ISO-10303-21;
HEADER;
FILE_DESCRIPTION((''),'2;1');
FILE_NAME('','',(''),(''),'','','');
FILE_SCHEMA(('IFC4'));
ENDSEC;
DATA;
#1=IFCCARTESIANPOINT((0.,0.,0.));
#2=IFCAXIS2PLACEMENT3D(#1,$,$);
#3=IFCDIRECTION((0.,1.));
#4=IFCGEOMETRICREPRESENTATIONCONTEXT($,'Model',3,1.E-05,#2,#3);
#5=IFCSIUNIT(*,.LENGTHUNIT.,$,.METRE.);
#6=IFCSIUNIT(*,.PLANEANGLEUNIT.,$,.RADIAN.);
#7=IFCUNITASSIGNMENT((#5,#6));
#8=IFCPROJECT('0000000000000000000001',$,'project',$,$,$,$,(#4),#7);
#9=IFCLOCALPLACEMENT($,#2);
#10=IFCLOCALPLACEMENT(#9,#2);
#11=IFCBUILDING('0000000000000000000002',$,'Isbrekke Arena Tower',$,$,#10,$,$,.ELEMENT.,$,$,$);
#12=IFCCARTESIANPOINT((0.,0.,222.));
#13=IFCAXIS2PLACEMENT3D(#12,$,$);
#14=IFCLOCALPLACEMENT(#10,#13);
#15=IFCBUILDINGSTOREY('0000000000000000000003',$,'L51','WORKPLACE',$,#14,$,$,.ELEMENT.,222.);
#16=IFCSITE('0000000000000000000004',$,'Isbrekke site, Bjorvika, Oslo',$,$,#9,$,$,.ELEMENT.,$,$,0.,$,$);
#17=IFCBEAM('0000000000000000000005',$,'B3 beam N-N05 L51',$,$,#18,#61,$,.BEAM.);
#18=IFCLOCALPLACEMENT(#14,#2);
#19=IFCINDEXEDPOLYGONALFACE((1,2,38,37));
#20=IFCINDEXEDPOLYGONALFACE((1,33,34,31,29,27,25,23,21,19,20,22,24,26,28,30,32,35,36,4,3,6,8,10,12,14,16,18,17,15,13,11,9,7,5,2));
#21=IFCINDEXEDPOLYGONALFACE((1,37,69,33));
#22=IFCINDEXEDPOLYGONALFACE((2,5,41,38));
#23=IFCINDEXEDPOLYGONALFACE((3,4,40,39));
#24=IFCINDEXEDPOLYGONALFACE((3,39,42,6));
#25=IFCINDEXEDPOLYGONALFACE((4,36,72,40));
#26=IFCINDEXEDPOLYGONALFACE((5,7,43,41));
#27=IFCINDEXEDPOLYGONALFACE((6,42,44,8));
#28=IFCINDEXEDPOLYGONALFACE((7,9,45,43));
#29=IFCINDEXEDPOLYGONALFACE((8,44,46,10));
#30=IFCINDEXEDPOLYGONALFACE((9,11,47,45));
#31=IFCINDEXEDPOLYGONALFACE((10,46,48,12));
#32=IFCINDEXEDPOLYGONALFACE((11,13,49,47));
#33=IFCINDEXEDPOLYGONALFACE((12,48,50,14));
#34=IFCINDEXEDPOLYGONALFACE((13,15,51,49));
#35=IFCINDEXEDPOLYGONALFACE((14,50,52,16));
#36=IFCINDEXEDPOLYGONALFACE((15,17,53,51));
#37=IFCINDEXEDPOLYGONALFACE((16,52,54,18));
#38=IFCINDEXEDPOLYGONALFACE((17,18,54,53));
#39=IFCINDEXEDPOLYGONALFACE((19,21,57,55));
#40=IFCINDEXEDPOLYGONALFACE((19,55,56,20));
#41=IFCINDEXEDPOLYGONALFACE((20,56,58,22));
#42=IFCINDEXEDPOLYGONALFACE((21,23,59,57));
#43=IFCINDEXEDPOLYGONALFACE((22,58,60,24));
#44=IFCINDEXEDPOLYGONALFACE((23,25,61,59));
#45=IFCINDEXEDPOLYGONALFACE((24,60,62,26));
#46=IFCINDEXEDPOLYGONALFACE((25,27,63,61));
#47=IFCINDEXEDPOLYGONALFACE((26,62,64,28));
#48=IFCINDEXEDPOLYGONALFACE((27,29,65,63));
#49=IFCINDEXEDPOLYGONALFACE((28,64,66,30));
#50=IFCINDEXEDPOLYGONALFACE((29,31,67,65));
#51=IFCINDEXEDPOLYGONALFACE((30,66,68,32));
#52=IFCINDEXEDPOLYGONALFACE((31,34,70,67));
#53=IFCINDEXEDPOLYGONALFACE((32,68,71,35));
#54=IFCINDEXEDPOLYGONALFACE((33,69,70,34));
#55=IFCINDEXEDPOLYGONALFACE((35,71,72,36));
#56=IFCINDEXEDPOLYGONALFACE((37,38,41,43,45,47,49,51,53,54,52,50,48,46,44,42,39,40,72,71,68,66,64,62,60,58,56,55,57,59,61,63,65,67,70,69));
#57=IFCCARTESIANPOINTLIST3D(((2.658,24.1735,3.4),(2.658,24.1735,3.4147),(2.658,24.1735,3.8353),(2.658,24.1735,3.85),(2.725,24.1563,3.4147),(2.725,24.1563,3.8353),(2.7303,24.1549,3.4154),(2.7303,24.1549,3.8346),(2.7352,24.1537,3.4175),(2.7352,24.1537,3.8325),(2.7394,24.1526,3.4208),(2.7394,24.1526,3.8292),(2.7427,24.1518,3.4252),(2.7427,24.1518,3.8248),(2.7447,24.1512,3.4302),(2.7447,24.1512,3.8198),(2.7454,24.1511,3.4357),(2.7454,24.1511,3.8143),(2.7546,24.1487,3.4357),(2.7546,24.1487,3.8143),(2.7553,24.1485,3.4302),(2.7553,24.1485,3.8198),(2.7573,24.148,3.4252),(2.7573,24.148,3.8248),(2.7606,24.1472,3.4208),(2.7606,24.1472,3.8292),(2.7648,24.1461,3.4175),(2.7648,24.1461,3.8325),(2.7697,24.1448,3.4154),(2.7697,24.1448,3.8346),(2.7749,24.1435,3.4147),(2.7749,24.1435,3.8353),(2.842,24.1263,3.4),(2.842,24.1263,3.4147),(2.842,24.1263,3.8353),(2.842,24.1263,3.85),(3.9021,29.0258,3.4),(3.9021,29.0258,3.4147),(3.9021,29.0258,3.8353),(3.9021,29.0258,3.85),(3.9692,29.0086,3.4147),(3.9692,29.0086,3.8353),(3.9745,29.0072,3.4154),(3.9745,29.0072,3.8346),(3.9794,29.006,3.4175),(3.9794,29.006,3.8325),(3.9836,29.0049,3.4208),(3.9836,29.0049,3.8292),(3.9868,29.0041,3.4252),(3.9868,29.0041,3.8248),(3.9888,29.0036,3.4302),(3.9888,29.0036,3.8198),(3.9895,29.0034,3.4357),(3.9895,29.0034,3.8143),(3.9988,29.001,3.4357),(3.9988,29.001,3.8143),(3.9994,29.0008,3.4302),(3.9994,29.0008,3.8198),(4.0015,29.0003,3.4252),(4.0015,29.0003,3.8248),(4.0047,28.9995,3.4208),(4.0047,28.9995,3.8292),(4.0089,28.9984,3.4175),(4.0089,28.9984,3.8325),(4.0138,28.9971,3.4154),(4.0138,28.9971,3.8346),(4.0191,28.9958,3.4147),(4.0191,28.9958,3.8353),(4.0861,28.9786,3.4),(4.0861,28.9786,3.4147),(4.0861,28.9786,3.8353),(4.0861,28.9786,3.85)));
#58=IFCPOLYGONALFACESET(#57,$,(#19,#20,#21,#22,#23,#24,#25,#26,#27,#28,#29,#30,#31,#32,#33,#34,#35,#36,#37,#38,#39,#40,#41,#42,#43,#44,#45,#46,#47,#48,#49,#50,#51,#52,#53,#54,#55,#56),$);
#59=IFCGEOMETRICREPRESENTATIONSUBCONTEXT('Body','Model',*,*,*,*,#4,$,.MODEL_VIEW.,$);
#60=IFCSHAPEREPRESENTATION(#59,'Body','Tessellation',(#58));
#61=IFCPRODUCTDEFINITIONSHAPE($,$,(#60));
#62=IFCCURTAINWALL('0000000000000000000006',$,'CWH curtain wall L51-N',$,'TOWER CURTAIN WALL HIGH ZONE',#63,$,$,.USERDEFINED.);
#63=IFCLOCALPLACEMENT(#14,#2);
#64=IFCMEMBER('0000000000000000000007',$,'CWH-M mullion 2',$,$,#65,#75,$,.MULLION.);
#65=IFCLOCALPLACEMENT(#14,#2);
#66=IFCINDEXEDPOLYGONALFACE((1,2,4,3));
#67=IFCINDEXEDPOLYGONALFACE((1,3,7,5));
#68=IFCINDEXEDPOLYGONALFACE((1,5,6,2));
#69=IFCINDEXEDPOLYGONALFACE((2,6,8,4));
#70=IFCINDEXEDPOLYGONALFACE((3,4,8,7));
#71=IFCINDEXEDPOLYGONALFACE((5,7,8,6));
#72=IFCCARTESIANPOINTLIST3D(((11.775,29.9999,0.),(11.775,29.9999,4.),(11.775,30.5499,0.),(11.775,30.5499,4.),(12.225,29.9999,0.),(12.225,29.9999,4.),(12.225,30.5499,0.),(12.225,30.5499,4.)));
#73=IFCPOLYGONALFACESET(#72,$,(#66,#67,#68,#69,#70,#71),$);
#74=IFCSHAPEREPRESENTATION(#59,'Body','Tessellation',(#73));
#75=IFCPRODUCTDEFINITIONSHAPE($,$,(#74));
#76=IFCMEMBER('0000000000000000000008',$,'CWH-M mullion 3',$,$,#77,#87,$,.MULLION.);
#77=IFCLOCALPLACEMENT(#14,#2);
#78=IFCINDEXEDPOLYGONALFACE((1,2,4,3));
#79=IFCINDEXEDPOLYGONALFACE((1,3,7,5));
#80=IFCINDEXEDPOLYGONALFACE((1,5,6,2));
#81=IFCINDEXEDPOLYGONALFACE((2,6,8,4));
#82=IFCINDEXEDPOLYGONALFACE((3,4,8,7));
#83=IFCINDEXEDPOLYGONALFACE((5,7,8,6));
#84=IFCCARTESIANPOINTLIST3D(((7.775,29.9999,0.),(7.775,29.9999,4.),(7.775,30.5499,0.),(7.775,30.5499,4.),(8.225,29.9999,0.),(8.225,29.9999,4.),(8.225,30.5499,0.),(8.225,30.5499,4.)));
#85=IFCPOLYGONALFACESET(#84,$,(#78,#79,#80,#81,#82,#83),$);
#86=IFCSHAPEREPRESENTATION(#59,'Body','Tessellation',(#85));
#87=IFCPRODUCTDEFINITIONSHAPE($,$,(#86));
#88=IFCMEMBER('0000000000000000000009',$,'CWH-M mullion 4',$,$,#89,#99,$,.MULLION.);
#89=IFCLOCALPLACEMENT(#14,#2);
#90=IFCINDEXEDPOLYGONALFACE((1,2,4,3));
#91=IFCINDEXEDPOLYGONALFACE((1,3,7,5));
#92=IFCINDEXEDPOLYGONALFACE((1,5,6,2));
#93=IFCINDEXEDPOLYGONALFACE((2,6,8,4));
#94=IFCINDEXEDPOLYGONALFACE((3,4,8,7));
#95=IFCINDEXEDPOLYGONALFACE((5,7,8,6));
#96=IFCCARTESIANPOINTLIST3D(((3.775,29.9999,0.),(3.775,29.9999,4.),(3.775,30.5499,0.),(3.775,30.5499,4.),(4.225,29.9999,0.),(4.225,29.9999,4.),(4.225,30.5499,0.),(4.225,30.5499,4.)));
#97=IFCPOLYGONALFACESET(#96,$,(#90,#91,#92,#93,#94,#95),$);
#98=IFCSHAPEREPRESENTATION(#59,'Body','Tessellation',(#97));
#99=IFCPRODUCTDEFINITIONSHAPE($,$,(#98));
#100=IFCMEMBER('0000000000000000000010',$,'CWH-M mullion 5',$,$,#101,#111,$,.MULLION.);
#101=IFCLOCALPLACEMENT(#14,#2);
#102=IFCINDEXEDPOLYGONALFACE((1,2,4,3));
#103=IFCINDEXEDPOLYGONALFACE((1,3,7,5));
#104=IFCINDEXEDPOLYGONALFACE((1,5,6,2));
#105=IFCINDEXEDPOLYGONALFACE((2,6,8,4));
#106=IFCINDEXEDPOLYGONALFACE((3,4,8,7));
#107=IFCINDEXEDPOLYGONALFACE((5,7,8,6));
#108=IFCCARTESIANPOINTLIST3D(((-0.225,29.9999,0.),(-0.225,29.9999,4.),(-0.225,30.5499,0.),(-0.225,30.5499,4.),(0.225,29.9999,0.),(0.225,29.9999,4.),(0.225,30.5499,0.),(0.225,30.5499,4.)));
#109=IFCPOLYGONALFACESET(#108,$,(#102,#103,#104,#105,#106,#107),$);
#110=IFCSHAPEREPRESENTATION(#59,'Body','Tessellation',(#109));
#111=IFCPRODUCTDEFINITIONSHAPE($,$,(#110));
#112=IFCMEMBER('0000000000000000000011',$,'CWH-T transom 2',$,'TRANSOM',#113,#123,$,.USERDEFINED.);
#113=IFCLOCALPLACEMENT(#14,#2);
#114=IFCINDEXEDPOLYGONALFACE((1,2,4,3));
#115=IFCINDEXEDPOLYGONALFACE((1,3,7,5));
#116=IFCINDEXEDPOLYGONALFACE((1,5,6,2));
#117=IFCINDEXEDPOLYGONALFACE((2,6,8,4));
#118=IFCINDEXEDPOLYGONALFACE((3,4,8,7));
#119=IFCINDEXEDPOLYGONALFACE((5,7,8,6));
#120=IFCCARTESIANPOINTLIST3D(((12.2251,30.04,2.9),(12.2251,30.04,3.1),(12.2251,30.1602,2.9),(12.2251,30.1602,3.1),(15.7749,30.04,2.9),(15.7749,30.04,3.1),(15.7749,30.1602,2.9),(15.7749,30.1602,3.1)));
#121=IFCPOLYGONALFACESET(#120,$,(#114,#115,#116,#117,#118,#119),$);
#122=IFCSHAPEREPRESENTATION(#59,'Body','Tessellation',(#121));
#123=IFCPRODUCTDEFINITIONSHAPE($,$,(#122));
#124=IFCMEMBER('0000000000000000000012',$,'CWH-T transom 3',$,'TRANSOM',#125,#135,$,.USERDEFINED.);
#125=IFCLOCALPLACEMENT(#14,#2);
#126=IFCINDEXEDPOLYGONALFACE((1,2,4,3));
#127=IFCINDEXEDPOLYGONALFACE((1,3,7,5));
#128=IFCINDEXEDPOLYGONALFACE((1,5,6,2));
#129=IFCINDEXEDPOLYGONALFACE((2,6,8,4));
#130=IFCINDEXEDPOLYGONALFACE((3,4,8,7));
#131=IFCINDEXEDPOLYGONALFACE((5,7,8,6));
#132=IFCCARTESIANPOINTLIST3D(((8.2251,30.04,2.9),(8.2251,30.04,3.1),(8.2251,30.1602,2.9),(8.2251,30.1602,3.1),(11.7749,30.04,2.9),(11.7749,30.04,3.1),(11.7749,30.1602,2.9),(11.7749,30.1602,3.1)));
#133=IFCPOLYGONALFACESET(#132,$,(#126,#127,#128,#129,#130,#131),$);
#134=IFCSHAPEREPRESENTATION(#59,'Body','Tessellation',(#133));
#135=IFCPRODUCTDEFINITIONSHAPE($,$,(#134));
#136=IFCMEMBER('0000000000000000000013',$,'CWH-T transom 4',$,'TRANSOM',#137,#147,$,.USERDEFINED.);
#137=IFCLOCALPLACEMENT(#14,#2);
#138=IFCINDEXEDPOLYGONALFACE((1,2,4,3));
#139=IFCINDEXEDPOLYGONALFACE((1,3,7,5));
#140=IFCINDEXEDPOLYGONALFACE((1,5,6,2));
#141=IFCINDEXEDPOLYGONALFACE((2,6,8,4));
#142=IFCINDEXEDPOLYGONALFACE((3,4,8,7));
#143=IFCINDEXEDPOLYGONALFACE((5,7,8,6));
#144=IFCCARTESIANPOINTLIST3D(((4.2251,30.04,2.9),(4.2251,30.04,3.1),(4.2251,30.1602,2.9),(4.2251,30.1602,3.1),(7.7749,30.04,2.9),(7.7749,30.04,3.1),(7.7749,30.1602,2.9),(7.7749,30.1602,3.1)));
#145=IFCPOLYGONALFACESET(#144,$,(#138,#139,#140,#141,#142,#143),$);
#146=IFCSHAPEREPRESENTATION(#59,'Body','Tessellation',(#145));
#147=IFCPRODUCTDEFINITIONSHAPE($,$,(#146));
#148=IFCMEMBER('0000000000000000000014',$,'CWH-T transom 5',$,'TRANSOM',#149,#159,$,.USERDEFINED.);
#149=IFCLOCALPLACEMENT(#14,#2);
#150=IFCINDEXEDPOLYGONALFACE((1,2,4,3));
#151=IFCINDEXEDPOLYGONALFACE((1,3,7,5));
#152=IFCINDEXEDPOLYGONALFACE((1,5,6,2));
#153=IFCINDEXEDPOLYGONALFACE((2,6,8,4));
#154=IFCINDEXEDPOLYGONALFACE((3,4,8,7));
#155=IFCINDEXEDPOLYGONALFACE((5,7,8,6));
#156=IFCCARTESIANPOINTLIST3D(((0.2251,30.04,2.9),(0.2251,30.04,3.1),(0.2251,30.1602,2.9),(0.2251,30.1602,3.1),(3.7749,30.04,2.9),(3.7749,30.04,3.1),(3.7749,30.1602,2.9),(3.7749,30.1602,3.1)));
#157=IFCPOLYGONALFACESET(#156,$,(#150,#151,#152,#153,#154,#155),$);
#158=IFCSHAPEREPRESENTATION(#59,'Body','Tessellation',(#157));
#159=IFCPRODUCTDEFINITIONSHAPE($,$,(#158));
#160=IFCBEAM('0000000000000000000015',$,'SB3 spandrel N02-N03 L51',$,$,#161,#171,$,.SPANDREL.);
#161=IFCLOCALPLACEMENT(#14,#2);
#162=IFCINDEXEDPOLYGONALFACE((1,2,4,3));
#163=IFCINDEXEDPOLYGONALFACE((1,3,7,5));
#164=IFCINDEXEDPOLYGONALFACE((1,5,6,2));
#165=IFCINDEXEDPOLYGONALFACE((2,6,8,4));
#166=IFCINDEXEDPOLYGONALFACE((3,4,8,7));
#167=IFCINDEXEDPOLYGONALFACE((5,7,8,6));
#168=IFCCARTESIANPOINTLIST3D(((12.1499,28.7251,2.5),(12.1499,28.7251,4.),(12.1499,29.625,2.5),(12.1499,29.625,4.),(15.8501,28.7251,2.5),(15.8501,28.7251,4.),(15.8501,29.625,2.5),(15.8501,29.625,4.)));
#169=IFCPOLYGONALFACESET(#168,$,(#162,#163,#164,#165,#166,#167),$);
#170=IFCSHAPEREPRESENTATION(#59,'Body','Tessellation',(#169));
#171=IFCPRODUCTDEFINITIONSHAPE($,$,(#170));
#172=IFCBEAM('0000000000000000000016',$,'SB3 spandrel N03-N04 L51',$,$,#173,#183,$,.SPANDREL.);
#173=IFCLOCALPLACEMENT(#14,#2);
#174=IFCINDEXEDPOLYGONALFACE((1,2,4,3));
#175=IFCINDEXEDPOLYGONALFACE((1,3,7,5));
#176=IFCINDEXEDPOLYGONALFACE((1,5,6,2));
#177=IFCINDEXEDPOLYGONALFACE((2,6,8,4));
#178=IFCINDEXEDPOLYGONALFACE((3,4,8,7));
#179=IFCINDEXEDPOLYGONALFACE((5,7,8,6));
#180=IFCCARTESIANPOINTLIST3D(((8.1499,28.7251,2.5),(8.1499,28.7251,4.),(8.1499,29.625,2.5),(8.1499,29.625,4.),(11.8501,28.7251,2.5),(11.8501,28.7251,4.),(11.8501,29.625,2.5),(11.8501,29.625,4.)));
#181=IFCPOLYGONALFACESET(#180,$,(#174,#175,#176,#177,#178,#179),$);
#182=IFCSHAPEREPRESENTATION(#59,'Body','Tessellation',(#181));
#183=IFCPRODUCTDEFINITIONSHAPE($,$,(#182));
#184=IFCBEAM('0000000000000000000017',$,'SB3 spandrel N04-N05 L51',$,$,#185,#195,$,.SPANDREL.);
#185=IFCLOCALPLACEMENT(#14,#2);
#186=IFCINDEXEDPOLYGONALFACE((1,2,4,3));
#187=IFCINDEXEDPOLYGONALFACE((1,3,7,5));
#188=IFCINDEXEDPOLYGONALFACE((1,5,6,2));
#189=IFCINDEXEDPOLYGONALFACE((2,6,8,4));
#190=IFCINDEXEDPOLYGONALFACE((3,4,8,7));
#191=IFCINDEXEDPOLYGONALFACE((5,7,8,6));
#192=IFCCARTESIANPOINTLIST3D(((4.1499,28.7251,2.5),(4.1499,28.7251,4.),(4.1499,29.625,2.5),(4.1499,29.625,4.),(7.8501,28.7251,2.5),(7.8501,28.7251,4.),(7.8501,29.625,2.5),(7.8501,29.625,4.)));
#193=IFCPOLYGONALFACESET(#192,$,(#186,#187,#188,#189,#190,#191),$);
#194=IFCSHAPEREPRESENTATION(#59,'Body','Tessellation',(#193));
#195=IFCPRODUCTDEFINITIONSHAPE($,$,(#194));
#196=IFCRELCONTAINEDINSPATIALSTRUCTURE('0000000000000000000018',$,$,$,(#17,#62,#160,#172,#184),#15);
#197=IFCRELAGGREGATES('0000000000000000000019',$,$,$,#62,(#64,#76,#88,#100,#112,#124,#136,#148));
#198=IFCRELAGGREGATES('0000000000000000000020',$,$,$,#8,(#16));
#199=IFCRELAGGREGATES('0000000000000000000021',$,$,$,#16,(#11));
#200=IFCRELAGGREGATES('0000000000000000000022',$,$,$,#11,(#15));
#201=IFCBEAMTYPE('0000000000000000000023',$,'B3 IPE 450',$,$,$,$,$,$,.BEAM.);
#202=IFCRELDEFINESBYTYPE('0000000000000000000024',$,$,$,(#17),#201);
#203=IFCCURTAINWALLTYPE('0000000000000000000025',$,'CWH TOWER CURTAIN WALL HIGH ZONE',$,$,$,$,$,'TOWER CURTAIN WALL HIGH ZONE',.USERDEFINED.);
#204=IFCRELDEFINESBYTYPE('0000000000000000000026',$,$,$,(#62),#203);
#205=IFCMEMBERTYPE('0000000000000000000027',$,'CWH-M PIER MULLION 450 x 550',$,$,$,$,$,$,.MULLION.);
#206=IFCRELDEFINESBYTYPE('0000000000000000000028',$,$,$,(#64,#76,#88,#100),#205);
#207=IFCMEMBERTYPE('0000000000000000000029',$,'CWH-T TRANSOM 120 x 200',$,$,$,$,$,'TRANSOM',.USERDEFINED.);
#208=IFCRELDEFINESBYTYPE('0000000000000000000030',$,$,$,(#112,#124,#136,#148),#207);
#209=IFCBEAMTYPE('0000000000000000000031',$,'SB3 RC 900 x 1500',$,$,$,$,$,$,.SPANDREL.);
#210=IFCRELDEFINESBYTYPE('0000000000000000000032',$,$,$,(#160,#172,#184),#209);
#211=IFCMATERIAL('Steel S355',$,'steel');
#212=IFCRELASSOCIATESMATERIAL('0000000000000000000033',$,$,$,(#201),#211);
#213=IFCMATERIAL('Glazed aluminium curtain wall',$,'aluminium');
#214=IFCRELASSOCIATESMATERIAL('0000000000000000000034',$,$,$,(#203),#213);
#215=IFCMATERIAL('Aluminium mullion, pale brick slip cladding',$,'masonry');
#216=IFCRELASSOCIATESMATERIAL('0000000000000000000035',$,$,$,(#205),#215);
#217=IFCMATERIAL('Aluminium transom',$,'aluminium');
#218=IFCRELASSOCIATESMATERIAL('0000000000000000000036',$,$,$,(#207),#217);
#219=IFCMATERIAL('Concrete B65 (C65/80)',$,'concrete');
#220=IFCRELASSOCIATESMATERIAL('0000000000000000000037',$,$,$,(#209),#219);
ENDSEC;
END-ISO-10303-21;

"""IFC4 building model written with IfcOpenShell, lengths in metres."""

from ifc_helpers import new_model, si_unit, direction, frame, origin, origin_2d, place, context, subcontext, project, spatial, rectangle, i_section, extrude, material, material_profile, profile_set, type_object, element, aggregate, save


model = new_model("IFC4")

# Units and contexts
model_context = context("Model", 3, precision=1e-05, world=origin(), true_north=direction((0.0, 1.0)))
body_context = subcontext(model_context, "Body", "Model", "MODEL_VIEW")
ifc_project = project(units=[si_unit("LENGTHUNIT", "METRE"), si_unit("PLANEANGLEUNIT", "RADIAN")], contexts=[model_context])

# Site, building, storey
site_placement = place(None, origin())
site = spatial("IfcSite", under=ifc_project, at=site_placement, Name="Isbrekke site, Bjorvika, Oslo", CompositionType="ELEMENT", RefElevation=0.0)
building_placement = place(site_placement, origin())
building = spatial("IfcBuilding", under=site, at=building_placement, Name="Isbrekke Arena Tower", CompositionType="ELEMENT")
storey_placement = place(building_placement, frame((0.0, 0.0, 222.0)))
storey = spatial("IfcBuildingStorey", under=building, at=storey_placement, Name="L51", Description="WORKPLACE", CompositionType="ELEMENT", Elevation=222.0)

# Beam
ifc_material_1 = material(Name="Steel S355", Category="steel")
ifc_material_profile_1 = material_profile(ifc_material_1, i_section(OverallWidth=0.1899, OverallDepth=0.45, WebThickness=0.0095, FlangeThickness=0.0146, FilletRadius=0.021, at=origin_2d()), Name="IPE 450")
ifc_profile_set_1 = profile_set([ifc_material_profile_1], Name="Steel S355")
beam_type_1 = type_object("IfcBeamType", Name="B3 IPE 450", PredefinedType="BEAM", material=ifc_profile_set_1)
beam_1_placement = place(storey_placement, frame((3.9941, 29.0022, 3.625), z_axis=(-0.248368, -0.968666, 0.0), x_axis=(0.968666, -0.248368, 0.0)))
element("IfcBeam", 1, at=beam_1_placement, inside=storey, type_object=beam_type_1, Name="B3 beam N-N05 L51", PredefinedType="BEAM", context=body_context, shape_type="SweptSolid", body=[
    extrude(i_section(OverallWidth=0.1899, OverallDepth=0.45, WebThickness=0.0095, FlangeThickness=0.0146, FilletRadius=0.021, at=origin_2d()), origin(), (0.0, 0.0, 1.0), 5.0093),
])

# Curtain wall, members
ifc_material_2 = material(Name="Glazed aluminium curtain wall", Category="aluminium")
curtain_wall_type = type_object("IfcCurtainWallType", Name="CWH TOWER CURTAIN WALL HIGH ZONE", ElementType="TOWER CURTAIN WALL HIGH ZONE", PredefinedType="USERDEFINED", material=ifc_material_2)
curtain_wall_placement = place(storey_placement, origin())
curtain_wall = element("IfcCurtainWall", 2, at=curtain_wall_placement, inside=storey, type_object=curtain_wall_type, Name="CWH curtain wall L51-N", ObjectType="TOWER CURTAIN WALL HIGH ZONE", PredefinedType="USERDEFINED")
ifc_material_3 = material(Name="Aluminium mullion, pale brick slip cladding", Category="masonry")
ifc_material_profile_2 = material_profile(ifc_material_3, rectangle(XDim=0.45, YDim=0.55, at=origin_2d()), Name="PIER 450X550")
ifc_profile_set_2 = profile_set([ifc_material_profile_2], Name="Aluminium mullion, pale brick slip cladding")
member_type_1 = type_object("IfcMemberType", Name="CWH-M PIER MULLION 450 x 550", PredefinedType="MULLION", material=ifc_profile_set_2)
member_1_placement = place(storey_placement, frame((12.0, 30.2749, 0.0), z_axis=(0.0, 0.0, 1.0), x_axis=(-1.0, 0.0, 0.0)))
member_1 = element("IfcMember", 3, at=member_1_placement, type_object=member_type_1, Name="CWH-M mullion 2", PredefinedType="MULLION", context=body_context, shape_type="SweptSolid", body=[
    extrude(rectangle(XDim=0.45, YDim=0.55, at=origin_2d()), origin(), (0.0, 0.0, 1.0), 4.0),
])
member_2_placement = place(storey_placement, frame((8.0, 30.2749, 0.0), z_axis=(0.0, 0.0, 1.0), x_axis=(-1.0, 0.0, 0.0)))
member_2 = element("IfcMember", 4, at=member_2_placement, type_object=member_type_1, Name="CWH-M mullion 3", PredefinedType="MULLION", context=body_context, shape_type="SweptSolid", body=[
    extrude(rectangle(XDim=0.45, YDim=0.55, at=origin_2d()), origin(), (0.0, 0.0, 1.0), 4.0),
])
member_3_placement = place(storey_placement, frame((4.0, 30.2749, 0.0), z_axis=(0.0, 0.0, 1.0), x_axis=(-1.0, 0.0, 0.0)))
member_3 = element("IfcMember", 5, at=member_3_placement, type_object=member_type_1, Name="CWH-M mullion 4", PredefinedType="MULLION", context=body_context, shape_type="SweptSolid", body=[
    extrude(rectangle(XDim=0.45, YDim=0.55, at=origin_2d()), origin(), (0.0, 0.0, 1.0), 4.0),
])
member_4_placement = place(storey_placement, frame((0.0, 30.2749, 0.0), z_axis=(0.0, 0.0, 1.0), x_axis=(-1.0, 0.0, 0.0)))
member_4 = element("IfcMember", 6, at=member_4_placement, type_object=member_type_1, Name="CWH-M mullion 5", PredefinedType="MULLION", context=body_context, shape_type="SweptSolid", body=[
    extrude(rectangle(XDim=0.45, YDim=0.55, at=origin_2d()), origin(), (0.0, 0.0, 1.0), 4.0),
])
ifc_material_4 = material(Name="Aluminium transom", Category="aluminium")
ifc_material_profile_3 = material_profile(ifc_material_4, rectangle(XDim=0.1201, YDim=0.2, at=origin_2d()), Name="TRANSOM 120X200")
ifc_profile_set_3 = profile_set([ifc_material_profile_3], Name="Aluminium transom")
member_type_2 = type_object("IfcMemberType", Name="CWH-T TRANSOM 120 x 200", ElementType="TRANSOM", PredefinedType="USERDEFINED", material=ifc_profile_set_3)
member_5_placement = place(storey_placement, frame((15.7749, 30.1001, 3.0), z_axis=(-1.0, 0.0, 0.0), x_axis=(0.0, -1.0, 0.0)))
member_5 = element("IfcMember", 7, at=member_5_placement, type_object=member_type_2, Name="CWH-T transom 2", ObjectType="TRANSOM", PredefinedType="USERDEFINED", context=body_context, shape_type="SweptSolid", body=[
    extrude(rectangle(XDim=0.1201, YDim=0.2, at=origin_2d()), origin(), (0.0, 0.0, 1.0), 3.5498),
])
member_6_placement = place(storey_placement, frame((11.7749, 30.1001, 3.0), z_axis=(-1.0, 0.0, 0.0), x_axis=(0.0, -1.0, 0.0)))
member_6 = element("IfcMember", 8, at=member_6_placement, type_object=member_type_2, Name="CWH-T transom 3", ObjectType="TRANSOM", PredefinedType="USERDEFINED", context=body_context, shape_type="SweptSolid", body=[
    extrude(rectangle(XDim=0.1201, YDim=0.2, at=origin_2d()), origin(), (0.0, 0.0, 1.0), 3.5498),
])
member_7_placement = place(storey_placement, frame((7.7749, 30.1001, 3.0), z_axis=(-1.0, 0.0, 0.0), x_axis=(0.0, -1.0, 0.0)))
member_7 = element("IfcMember", 9, at=member_7_placement, type_object=member_type_2, Name="CWH-T transom 4", ObjectType="TRANSOM", PredefinedType="USERDEFINED", context=body_context, shape_type="SweptSolid", body=[
    extrude(rectangle(XDim=0.1201, YDim=0.2, at=origin_2d()), origin(), (0.0, 0.0, 1.0), 3.5498),
])
member_8_placement = place(storey_placement, frame((3.7749, 30.1001, 3.0), z_axis=(-1.0, 0.0, 0.0), x_axis=(0.0, -1.0, 0.0)))
member_8 = element("IfcMember", 10, at=member_8_placement, type_object=member_type_2, Name="CWH-T transom 5", ObjectType="TRANSOM", PredefinedType="USERDEFINED", context=body_context, shape_type="SweptSolid", body=[
    extrude(rectangle(XDim=0.1201, YDim=0.2, at=origin_2d()), origin(), (0.0, 0.0, 1.0), 3.5498),
])

# Beams
ifc_material_5 = material(Name="Concrete B65 (C65/80)", Category="concrete")
ifc_material_profile_4 = material_profile(ifc_material_5, rectangle(XDim=0.8999, YDim=1.5, at=origin_2d()), Name="RC 900x1500")
ifc_profile_set_4 = profile_set([ifc_material_profile_4], Name="Concrete B65 (C65/80)")
beam_type_2 = type_object("IfcBeamType", Name="SB3 RC 900 x 1500", PredefinedType="SPANDREL", material=ifc_profile_set_4)
for number, where, z_axis, x_axis, name in (
    (11, (15.8501, 29.175, 3.25), (-1.0, 0.0, 0.0), (0.0, -1.0, 0.0), "SB3 spandrel N02-N03 L51"),
    (12, (11.8501, 29.175, 3.25), (-1.0, 0.0, 0.0), (0.0, -1.0, 0.0), "SB3 spandrel N03-N04 L51"),
    (13, (7.8501, 29.175, 3.25), (-1.0, 0.0, 0.0), (0.0, -1.0, 0.0), "SB3 spandrel N04-N05 L51"),
):
    element("IfcBeam", number, at=place(storey_placement, frame(where, z_axis=z_axis, x_axis=x_axis)), inside=storey, type_object=beam_type_2, Name=name, PredefinedType="SPANDREL", context=body_context, shape_type="SweptSolid", body=[
        extrude(rectangle(XDim=0.8999, YDim=1.5, at=origin_2d()), origin(), (0.0, 0.0, 1.0), 3.7002),
    ])

aggregate(curtain_wall, [member_1, member_2, member_3, member_4, member_5, member_6, member_7, member_8])

save(model, "model.ifc")
